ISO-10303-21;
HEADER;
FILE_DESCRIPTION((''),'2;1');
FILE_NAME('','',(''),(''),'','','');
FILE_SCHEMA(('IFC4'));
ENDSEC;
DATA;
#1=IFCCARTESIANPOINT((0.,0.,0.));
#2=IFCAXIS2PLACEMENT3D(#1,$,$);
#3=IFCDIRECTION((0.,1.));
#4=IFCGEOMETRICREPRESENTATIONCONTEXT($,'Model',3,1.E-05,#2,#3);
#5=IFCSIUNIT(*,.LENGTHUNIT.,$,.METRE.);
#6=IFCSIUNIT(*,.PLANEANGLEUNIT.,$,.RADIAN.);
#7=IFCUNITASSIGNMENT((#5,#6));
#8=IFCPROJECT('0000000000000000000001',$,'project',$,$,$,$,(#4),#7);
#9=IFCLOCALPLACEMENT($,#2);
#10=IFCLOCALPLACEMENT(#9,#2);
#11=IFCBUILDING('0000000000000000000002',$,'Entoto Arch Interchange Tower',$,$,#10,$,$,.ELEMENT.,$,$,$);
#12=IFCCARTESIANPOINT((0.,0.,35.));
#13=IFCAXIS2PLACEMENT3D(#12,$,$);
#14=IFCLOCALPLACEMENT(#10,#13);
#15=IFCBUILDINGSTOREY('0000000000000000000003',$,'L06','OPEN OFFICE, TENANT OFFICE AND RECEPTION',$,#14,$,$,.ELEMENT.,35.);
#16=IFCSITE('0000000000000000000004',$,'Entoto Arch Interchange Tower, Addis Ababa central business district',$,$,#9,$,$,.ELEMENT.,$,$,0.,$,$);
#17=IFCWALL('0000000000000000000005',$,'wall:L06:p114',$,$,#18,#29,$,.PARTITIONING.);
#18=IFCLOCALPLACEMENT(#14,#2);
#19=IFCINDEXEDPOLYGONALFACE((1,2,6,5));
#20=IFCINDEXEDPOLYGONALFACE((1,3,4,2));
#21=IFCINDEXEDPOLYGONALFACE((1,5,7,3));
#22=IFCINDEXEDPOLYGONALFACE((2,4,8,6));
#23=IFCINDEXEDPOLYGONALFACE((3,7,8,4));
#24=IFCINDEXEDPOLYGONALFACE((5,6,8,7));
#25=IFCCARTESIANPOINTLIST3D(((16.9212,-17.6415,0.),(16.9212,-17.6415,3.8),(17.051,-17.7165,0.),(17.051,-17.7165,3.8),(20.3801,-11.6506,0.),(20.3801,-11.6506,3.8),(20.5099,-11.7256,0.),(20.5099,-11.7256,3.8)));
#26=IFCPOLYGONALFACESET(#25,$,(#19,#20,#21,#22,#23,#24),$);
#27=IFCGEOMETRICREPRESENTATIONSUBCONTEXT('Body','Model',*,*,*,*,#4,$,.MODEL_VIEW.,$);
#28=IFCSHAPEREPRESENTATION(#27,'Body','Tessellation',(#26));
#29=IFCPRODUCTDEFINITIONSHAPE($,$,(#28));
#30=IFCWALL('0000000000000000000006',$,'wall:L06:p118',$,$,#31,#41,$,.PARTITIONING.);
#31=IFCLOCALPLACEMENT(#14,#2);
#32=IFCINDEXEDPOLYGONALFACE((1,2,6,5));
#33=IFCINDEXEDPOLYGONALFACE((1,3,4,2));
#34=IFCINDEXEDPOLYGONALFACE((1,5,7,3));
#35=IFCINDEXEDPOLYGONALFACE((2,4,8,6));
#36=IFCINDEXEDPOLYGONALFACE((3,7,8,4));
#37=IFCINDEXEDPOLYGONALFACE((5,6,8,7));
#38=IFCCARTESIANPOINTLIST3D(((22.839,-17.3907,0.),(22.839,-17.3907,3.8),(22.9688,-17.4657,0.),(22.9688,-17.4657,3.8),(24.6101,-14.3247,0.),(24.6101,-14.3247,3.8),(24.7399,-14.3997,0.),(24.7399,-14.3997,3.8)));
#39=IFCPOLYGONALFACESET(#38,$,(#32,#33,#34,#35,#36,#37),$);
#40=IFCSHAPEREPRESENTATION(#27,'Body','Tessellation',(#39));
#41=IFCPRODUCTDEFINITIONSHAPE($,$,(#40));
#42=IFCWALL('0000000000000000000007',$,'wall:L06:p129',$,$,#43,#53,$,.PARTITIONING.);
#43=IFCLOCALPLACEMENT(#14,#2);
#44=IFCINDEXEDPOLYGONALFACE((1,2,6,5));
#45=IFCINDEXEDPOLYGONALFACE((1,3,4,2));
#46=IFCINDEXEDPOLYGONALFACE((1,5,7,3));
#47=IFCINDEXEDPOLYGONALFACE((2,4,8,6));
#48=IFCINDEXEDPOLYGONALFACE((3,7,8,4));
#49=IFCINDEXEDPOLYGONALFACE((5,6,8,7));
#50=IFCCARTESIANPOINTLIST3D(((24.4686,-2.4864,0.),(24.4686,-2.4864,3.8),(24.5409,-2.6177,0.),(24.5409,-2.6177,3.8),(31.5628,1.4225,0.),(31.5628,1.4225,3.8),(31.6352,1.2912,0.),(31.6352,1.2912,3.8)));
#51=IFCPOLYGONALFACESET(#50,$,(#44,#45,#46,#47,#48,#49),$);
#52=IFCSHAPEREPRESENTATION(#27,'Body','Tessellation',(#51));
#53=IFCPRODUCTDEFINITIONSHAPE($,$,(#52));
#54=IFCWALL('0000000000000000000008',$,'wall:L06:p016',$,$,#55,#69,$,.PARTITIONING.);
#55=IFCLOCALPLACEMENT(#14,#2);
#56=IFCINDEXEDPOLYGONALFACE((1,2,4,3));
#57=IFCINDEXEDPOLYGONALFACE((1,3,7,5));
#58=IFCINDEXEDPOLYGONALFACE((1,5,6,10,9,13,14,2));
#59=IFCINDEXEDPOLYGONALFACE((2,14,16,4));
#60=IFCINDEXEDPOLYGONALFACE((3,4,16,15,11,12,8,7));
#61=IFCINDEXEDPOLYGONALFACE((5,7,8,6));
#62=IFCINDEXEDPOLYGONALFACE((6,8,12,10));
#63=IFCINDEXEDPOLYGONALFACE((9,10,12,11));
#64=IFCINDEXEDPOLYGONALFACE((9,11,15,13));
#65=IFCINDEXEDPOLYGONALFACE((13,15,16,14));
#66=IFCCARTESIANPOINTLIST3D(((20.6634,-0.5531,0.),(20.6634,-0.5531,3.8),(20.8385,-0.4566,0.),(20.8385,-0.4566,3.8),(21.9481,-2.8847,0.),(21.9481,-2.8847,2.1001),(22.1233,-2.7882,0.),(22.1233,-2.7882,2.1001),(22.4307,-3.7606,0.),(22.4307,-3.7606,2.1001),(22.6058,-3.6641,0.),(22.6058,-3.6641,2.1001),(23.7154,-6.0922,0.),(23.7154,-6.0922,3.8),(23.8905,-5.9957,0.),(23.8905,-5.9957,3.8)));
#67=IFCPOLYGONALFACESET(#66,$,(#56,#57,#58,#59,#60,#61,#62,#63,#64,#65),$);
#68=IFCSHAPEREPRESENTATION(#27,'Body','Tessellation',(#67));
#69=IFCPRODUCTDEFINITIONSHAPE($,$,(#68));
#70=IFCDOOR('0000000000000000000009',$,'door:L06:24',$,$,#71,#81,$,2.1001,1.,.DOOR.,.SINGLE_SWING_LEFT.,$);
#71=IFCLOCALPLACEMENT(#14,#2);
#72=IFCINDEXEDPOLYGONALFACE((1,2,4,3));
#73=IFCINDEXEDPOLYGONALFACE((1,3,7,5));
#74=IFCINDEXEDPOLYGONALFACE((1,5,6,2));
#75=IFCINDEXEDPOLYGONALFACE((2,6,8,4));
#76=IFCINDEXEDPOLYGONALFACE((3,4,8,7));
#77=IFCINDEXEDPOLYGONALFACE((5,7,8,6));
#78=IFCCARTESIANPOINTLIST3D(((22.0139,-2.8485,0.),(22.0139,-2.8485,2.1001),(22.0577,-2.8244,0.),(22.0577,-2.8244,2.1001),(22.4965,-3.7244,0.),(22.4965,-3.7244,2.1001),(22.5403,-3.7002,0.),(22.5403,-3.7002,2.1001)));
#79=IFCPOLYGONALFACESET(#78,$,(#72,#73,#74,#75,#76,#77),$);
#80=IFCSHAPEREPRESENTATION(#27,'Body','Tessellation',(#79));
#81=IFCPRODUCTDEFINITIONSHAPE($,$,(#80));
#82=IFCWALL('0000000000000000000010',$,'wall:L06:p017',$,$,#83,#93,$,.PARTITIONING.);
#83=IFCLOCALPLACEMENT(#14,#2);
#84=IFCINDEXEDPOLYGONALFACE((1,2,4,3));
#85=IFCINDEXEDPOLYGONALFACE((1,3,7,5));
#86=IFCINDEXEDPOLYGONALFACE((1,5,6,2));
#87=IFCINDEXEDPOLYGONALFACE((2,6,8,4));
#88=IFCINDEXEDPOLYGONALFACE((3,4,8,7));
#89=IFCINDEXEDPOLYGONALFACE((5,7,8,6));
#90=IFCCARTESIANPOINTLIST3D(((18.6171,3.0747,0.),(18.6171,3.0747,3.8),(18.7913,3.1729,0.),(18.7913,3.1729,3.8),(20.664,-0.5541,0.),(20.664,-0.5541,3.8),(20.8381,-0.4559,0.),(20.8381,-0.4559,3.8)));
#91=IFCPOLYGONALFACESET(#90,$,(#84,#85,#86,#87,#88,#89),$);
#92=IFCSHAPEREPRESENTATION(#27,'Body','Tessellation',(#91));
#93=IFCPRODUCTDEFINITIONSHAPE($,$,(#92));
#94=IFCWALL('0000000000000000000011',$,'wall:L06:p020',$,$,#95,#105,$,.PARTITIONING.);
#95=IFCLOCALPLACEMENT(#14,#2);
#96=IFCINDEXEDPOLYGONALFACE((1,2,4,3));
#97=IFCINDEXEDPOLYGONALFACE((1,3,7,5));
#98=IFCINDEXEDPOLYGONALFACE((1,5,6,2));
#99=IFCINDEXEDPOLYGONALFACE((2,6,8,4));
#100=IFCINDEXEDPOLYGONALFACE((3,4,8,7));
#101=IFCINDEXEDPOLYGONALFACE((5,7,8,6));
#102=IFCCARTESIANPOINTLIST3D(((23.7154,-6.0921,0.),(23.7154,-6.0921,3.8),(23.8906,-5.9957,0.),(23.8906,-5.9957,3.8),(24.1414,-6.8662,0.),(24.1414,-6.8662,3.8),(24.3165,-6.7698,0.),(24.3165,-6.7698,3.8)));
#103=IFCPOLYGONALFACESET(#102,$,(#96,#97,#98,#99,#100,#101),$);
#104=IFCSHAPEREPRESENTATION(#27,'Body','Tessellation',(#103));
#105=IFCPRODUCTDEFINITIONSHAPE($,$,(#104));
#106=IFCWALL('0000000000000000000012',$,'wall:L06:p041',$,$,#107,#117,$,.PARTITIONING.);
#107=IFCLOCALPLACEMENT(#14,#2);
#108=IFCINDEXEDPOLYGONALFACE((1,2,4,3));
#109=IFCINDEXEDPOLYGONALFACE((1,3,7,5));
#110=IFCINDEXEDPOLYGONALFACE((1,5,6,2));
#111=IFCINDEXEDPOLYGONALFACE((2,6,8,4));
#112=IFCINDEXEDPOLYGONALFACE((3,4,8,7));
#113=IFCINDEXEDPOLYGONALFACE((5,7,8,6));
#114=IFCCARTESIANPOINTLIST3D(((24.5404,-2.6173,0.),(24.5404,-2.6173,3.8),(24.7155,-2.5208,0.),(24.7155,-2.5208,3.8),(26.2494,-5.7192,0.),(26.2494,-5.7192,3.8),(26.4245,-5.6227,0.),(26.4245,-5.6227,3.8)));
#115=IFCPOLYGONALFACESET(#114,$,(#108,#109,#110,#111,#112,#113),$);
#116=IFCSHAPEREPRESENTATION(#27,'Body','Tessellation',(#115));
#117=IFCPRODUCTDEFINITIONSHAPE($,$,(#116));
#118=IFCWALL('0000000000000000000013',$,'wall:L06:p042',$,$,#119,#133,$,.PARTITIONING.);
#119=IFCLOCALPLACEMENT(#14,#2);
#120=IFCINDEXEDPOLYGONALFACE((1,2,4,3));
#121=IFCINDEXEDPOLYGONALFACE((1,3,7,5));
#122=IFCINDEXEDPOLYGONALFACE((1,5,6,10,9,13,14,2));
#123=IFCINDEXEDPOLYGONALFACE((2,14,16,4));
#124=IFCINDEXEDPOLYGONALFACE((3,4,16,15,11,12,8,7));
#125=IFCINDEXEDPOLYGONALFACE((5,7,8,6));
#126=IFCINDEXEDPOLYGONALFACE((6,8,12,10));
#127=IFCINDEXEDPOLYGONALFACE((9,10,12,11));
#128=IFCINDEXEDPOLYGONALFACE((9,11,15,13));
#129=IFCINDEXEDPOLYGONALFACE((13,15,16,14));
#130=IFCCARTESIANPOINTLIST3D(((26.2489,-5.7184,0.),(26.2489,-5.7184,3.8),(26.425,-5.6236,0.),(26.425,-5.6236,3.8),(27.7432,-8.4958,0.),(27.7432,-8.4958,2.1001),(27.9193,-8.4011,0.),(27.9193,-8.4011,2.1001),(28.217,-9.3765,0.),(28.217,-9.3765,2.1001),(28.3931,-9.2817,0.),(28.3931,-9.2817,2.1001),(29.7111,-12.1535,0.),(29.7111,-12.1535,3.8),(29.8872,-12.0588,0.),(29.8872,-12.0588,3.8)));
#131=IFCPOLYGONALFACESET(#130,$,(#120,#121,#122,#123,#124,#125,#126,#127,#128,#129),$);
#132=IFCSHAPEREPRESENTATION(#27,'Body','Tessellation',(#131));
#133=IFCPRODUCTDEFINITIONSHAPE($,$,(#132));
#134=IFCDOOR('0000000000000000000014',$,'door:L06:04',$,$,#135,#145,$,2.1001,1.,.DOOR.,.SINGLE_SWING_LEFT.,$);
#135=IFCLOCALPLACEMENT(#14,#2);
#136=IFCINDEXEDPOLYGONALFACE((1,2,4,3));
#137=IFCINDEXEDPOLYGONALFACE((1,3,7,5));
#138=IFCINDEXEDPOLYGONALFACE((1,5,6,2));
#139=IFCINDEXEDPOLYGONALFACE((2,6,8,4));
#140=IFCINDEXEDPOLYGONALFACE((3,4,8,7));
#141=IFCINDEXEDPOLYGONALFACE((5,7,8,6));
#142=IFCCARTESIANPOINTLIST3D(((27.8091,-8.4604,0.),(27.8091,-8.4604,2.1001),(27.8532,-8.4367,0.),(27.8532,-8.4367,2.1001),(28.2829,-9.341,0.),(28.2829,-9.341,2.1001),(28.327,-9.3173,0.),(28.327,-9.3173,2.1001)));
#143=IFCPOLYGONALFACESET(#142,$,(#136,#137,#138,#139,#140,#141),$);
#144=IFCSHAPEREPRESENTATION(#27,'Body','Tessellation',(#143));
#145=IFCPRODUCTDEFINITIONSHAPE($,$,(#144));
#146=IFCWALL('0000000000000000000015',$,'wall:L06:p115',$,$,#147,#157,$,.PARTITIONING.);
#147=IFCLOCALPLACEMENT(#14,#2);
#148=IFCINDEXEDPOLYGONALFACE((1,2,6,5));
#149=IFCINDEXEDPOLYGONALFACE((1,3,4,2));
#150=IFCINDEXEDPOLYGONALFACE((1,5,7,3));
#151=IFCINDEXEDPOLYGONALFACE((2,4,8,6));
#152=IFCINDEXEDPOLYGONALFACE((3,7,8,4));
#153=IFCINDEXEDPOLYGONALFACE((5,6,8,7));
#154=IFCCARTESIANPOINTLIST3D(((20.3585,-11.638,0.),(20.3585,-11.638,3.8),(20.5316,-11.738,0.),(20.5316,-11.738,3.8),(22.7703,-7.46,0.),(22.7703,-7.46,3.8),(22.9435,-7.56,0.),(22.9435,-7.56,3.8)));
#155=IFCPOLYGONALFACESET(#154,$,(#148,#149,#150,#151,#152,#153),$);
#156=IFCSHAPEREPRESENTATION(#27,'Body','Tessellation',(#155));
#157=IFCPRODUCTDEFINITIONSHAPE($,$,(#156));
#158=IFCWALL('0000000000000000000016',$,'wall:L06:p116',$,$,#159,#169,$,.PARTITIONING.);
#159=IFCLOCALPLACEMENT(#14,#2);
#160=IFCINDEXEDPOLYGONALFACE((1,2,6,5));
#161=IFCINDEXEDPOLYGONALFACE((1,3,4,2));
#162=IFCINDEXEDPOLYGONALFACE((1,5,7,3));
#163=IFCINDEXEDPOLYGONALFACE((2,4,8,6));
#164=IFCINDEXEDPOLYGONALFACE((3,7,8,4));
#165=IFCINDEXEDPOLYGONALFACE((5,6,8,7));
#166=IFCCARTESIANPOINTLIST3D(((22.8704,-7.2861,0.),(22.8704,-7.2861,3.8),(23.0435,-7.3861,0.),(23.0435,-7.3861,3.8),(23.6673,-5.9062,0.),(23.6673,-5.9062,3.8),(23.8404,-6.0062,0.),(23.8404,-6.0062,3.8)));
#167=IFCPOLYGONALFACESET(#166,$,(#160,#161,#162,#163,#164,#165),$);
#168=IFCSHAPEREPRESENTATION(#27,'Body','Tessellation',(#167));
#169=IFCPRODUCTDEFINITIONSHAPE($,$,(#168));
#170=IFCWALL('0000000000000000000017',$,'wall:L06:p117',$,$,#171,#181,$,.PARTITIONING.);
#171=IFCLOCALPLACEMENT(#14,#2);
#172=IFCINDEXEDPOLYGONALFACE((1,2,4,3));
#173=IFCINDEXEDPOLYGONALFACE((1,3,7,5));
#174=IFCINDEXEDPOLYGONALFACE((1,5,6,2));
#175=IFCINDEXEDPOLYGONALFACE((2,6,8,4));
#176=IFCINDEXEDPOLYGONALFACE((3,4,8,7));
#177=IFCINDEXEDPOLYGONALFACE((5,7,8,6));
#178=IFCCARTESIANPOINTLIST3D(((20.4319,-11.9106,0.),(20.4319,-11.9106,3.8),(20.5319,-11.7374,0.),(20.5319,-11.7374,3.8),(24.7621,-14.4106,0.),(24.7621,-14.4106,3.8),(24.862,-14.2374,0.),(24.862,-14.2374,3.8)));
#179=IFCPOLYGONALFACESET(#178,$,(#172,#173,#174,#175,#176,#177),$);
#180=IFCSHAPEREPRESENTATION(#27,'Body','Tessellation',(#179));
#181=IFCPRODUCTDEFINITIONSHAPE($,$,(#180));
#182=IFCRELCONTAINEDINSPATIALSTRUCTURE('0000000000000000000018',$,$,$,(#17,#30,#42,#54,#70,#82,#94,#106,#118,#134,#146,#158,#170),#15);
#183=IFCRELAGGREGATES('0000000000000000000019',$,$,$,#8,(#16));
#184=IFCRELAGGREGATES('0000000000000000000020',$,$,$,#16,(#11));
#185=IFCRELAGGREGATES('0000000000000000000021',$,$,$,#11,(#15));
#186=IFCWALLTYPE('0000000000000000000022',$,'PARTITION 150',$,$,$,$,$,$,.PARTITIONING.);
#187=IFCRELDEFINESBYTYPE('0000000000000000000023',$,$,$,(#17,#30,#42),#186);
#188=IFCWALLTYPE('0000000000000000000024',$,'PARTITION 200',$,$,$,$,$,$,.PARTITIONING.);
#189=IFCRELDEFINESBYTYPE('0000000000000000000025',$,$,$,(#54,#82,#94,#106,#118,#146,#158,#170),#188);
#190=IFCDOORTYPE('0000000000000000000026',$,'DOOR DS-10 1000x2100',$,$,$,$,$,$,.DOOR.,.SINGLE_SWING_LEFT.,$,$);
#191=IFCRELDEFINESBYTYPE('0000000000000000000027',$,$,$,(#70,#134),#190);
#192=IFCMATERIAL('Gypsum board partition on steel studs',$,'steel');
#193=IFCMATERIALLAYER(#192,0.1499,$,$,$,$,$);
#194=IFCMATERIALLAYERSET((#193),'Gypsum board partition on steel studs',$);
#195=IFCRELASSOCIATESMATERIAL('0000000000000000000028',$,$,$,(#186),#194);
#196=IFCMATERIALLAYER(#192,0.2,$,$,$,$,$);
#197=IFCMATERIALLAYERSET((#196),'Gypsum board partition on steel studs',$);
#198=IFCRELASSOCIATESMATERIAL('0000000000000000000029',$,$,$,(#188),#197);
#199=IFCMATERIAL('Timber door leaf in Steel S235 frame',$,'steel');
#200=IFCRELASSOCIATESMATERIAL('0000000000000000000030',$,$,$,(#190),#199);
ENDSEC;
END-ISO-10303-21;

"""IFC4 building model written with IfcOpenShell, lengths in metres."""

from ifc_helpers import new_model, si_unit, direction, frame, frame_2d, origin, place, context, subcontext, project, spatial, rectangle, extrude, material, layer, layer_set, type_object, element, fill, save


model = new_model("IFC4")

# Units and contexts
model_context = context("Model", 3, precision=1e-05, world=origin(), true_north=direction((0.0, 1.0)))
body_context = subcontext(model_context, "Body", "Model", "MODEL_VIEW")
ifc_project = project(units=[si_unit("LENGTHUNIT", "METRE"), si_unit("PLANEANGLEUNIT", "RADIAN")], contexts=[model_context])

# Site, building, storey
site_placement = place(None, origin())
site = spatial("IfcSite", under=ifc_project, at=site_placement, Name="Entoto Arch Interchange Tower, Addis Ababa central business district", CompositionType="ELEMENT", RefElevation=0.0)
building_placement = place(site_placement, origin())
building = spatial("IfcBuilding", under=site, at=building_placement, Name="Entoto Arch Interchange Tower", CompositionType="ELEMENT")
storey_placement = place(building_placement, frame((0.0, 0.0, 35.0)))
storey = spatial("IfcBuildingStorey", under=building, at=storey_placement, Name="L06", Description="OPEN OFFICE, TENANT OFFICE AND RECEPTION", CompositionType="ELEMENT", Elevation=35.0)

# Walls
ifc_material_1 = material(Name="Gypsum board partition on steel studs", Category="steel")
ifc_layer_1 = layer(ifc_material_1, 0.1499)
ifc_layer_set_1 = layer_set([ifc_layer_1], Name="Gypsum board partition on steel studs")
wall_type_1 = type_object("IfcWallType", Name="PARTITION 150", PredefinedType="PARTITIONING", material=ifc_layer_set_1)
wall_1_placement = place(storey_placement, frame((20.4451, -11.688, 0.0), z_axis=(0.0, 0.0, 1.0), x_axis=(-0.500011, -0.866019, 0.0)))
element("IfcWall", 1, at=wall_1_placement, inside=storey, type_object=wall_type_1, Name="wall:L06:p114", PredefinedType="PARTITIONING", context=body_context, shape_type="SweptSolid", body=[
    extrude(rectangle(XDim=6.9177, YDim=0.1499, at=frame_2d((3.459, 0.0))), origin(), (0.0, 0.0, 1.0), 3.8),
])
wall_2_placement = place(storey_placement, frame((24.675, -14.3621, 0.0), z_axis=(0.0, 0.0, 1.0), x_axis=(-0.500188, -0.865917, 0.0)))
element("IfcWall", 2, at=wall_2_placement, inside=storey, type_object=wall_type_1, Name="wall:L06:p118", PredefinedType="PARTITIONING", context=body_context, shape_type="SweptSolid", body=[
    extrude(rectangle(XDim=3.5408, YDim=0.1499, at=frame_2d((1.7705, 0.0))), origin(), (0.0, 0.0, 1.0), 3.8),
])
wall_3_placement = place(storey_placement, frame((24.5049, -2.552, 0.0), z_axis=(0.0, 0.0, 1.0), x_axis=(0.875845, 0.482592, 0.0)))
element("IfcWall", 3, at=wall_3_placement, inside=storey, type_object=wall_type_1, Name="wall:L06:p129", PredefinedType="PARTITIONING", context=body_context, shape_type="SweptSolid", body=[
    extrude(rectangle(XDim=8.0999, YDim=0.1499, at=frame_2d((4.0498, 0.0))), origin(), (0.0, 0.0, 1.0), 3.8),
])

# Wall, opening, door
ifc_layer_2 = layer(ifc_material_1, 0.2)
ifc_layer_set_2 = layer_set([ifc_layer_2], Name="Gypsum board partition on steel studs")
wall_type_2 = type_object("IfcWallType", Name="PARTITION 200", PredefinedType="PARTITIONING", material=ifc_layer_set_2)
wall_4_placement = place(storey_placement, frame((23.803, -6.0439, 0.0), z_axis=(0.0, 0.0, 1.0), x_axis=(-0.482588, 0.875847, 0.0)))
wall_4 = element("IfcWall", 4, at=wall_4_placement, inside=storey, type_object=wall_type_2, Name="wall:L06:p016", PredefinedType="PARTITIONING", context=body_context, shape_type="SweptSolid", body=[
    extrude(rectangle(XDim=6.3242, YDim=0.2, at=frame_2d((3.1621, 0.0))), origin(), (0.0, 0.0, 1.0), 3.8),
])
opening_1_placement = place(wall_4_placement, frame((2.6621, 0.0, 0.0)))
opening_1 = element("IfcOpeningElement", 5, at=opening_1_placement, cuts=wall_4, PredefinedType="OPENING", context=body_context, shape_type="SweptSolid", body=[
    extrude(rectangle(XDim=1.0, YDim=2.1001, at=frame_2d((0.5, 1.05))), frame((0.0, 0.1099, 0.0), z_axis=(0.0, -1.0, 0.0), x_axis=(1.0, 0.0, 0.0)), (0.0, 0.0, 1.0), 0.22),
])
ifc_material_2 = material(Name="Timber door leaf in Steel S235 frame", Category="steel")
door_type = type_object("IfcDoorType", Name="DOOR DS-10 1000x2100", OperationType="SINGLE_SWING_LEFT", PredefinedType="DOOR", material=ifc_material_2)
door_1_placement = place(opening_1_placement, origin())
door_1 = element("IfcDoor", 6, at=door_1_placement, inside=storey, type_object=door_type, Name="door:L06:24", OperationType="SINGLE_SWING_LEFT", OverallHeight=2.1001, OverallWidth=1.0, PredefinedType="DOOR", context=body_context, shape_type="SweptSolid", body=[
    extrude(rectangle(XDim=1.0, YDim=2.1001, at=frame_2d((0.5, 1.05))), frame((0.0, 0.0249, 0.0), z_axis=(0.0, -1.0, 0.0), x_axis=(1.0, 0.0, 0.0)), (0.0, 0.0, 1.0), 0.05),
])
fill(opening_1, door_1)

# Walls
wall_5_placement = place(storey_placement, frame((20.751, -0.5049, 0.0), z_axis=(0.0, 0.0, 1.0), x_axis=(-0.491285, 0.870999, 0.0)))
element("IfcWall", 7, at=wall_5_placement, inside=storey, type_object=wall_type_2, Name="wall:L06:p017", PredefinedType="PARTITIONING", context=body_context, shape_type="SweptSolid", body=[
    extrude(rectangle(XDim=4.1663, YDim=0.2, at=frame_2d((2.083, 0.0))), origin(), (0.0, 0.0, 1.0), 3.8),
])
wall_6_placement = place(storey_placement, frame((24.229, -6.8181, 0.0), z_axis=(0.0, 0.0, 1.0), x_axis=(-0.48212, 0.876105, 0.0)))
element("IfcWall", 8, at=wall_6_placement, inside=storey, type_object=wall_type_2, Name="wall:L06:p020", PredefinedType="PARTITIONING", context=body_context, shape_type="SweptSolid", body=[
    extrude(rectangle(XDim=0.8835, YDim=0.2, at=frame_2d((0.4419, 0.0))), origin(), (0.0, 0.0, 1.0), 3.8),
])
wall_7_placement = place(storey_placement, frame((24.6279, -2.5691, 0.0), z_axis=(0.0, 0.0, 1.0), x_axis=(0.482567, -0.875859, 0.0)))
element("IfcWall", 9, at=wall_7_placement, inside=storey, type_object=wall_type_2, Name="wall:L06:p041", PredefinedType="PARTITIONING", context=body_context, shape_type="SweptSolid", body=[
    extrude(rectangle(XDim=3.5415, YDim=0.2, at=frame_2d((1.7708, 0.0))), origin(), (0.0, 0.0, 1.0), 3.8),
])

# Wall, opening, door
wall_8_placement = place(storey_placement, frame((26.3369, -5.6709, 0.0), z_axis=(0.0, 0.0, 1.0), x_axis=(0.473795, -0.880635, 0.0)))
wall_8 = element("IfcWall", 10, at=wall_8_placement, inside=storey, type_object=wall_type_2, Name="wall:L06:p042", PredefinedType="PARTITIONING", context=body_context, shape_type="SweptSolid", body=[
    extrude(rectangle(XDim=7.3074, YDim=0.2, at=frame_2d((3.6538, 0.0))), origin(), (0.0, 0.0, 1.0), 3.8),
])
opening_2_placement = place(wall_8_placement, frame((3.1541, 0.0, 0.0)))
opening_2 = element("IfcOpeningElement", 11, at=opening_2_placement, cuts=wall_8, PredefinedType="OPENING", context=body_context, shape_type="SweptSolid", body=[
    extrude(rectangle(XDim=1.0, YDim=2.1001, at=frame_2d((0.5, 1.05))), frame((0.0, 0.1099, 0.0), z_axis=(0.0, -1.0, 0.0), x_axis=(1.0, 0.0, 0.0)), (0.0, 0.0, 1.0), 0.22),
])
door_2_placement = place(opening_2_placement, origin())
door_2 = element("IfcDoor", 12, at=door_2_placement, inside=storey, type_object=door_type, Name="door:L06:04", OperationType="SINGLE_SWING_LEFT", OverallHeight=2.1001, OverallWidth=1.0, PredefinedType="DOOR", context=body_context, shape_type="SweptSolid", body=[
    extrude(rectangle(XDim=1.0, YDim=2.1001, at=frame_2d((0.5, 1.05))), frame((0.0, 0.0249, 0.0), z_axis=(0.0, -1.0, 0.0), x_axis=(1.0, 0.0, 0.0)), (0.0, 0.0, 1.0), 0.05),
])
fill(opening_2, door_2)

# Walls
wall_9_placement = place(storey_placement, frame((22.8569, -7.51, 0.0), z_axis=(0.0, 0.0, 1.0), x_axis=(-0.499955, -0.866052, 0.0)))
element("IfcWall", 13, at=wall_9_placement, inside=storey, type_object=wall_type_2, Name="wall:L06:p115", PredefinedType="PARTITIONING", context=body_context, shape_type="SweptSolid", body=[
    extrude(rectangle(XDim=4.8242, YDim=0.2, at=frame_2d((2.4121, 0.0))), origin(), (0.0, 0.0, 1.0), 3.8),
])
wall_10_placement = place(storey_placement, frame((23.7539, -5.9561, 0.0), z_axis=(0.0, 0.0, 1.0), x_axis=(-0.500094, -0.865971, 0.0)))
element("IfcWall", 14, at=wall_10_placement, inside=storey, type_object=wall_type_2, Name="wall:L06:p116", PredefinedType="PARTITIONING", context=body_context, shape_type="SweptSolid", body=[
    extrude(rectangle(XDim=1.5935, YDim=0.2, at=frame_2d((0.7969, 0.0))), origin(), (0.0, 0.0, 1.0), 3.8),
])
wall_11_placement = place(storey_placement, frame((20.4819, -11.824, 0.0), z_axis=(0.0, 0.0, 1.0), x_axis=(0.866023, -0.500004, 0.0)))
element("IfcWall", 15, at=wall_11_placement, inside=storey, type_object=wall_type_2, Name="wall:L06:p117", PredefinedType="PARTITIONING", context=body_context, shape_type="SweptSolid", body=[
    extrude(rectangle(XDim=5.0, YDim=0.2, at=frame_2d((2.5, 0.0))), origin(), (0.0, 0.0, 1.0), 3.8),
])

save(model, "model.ifc")
